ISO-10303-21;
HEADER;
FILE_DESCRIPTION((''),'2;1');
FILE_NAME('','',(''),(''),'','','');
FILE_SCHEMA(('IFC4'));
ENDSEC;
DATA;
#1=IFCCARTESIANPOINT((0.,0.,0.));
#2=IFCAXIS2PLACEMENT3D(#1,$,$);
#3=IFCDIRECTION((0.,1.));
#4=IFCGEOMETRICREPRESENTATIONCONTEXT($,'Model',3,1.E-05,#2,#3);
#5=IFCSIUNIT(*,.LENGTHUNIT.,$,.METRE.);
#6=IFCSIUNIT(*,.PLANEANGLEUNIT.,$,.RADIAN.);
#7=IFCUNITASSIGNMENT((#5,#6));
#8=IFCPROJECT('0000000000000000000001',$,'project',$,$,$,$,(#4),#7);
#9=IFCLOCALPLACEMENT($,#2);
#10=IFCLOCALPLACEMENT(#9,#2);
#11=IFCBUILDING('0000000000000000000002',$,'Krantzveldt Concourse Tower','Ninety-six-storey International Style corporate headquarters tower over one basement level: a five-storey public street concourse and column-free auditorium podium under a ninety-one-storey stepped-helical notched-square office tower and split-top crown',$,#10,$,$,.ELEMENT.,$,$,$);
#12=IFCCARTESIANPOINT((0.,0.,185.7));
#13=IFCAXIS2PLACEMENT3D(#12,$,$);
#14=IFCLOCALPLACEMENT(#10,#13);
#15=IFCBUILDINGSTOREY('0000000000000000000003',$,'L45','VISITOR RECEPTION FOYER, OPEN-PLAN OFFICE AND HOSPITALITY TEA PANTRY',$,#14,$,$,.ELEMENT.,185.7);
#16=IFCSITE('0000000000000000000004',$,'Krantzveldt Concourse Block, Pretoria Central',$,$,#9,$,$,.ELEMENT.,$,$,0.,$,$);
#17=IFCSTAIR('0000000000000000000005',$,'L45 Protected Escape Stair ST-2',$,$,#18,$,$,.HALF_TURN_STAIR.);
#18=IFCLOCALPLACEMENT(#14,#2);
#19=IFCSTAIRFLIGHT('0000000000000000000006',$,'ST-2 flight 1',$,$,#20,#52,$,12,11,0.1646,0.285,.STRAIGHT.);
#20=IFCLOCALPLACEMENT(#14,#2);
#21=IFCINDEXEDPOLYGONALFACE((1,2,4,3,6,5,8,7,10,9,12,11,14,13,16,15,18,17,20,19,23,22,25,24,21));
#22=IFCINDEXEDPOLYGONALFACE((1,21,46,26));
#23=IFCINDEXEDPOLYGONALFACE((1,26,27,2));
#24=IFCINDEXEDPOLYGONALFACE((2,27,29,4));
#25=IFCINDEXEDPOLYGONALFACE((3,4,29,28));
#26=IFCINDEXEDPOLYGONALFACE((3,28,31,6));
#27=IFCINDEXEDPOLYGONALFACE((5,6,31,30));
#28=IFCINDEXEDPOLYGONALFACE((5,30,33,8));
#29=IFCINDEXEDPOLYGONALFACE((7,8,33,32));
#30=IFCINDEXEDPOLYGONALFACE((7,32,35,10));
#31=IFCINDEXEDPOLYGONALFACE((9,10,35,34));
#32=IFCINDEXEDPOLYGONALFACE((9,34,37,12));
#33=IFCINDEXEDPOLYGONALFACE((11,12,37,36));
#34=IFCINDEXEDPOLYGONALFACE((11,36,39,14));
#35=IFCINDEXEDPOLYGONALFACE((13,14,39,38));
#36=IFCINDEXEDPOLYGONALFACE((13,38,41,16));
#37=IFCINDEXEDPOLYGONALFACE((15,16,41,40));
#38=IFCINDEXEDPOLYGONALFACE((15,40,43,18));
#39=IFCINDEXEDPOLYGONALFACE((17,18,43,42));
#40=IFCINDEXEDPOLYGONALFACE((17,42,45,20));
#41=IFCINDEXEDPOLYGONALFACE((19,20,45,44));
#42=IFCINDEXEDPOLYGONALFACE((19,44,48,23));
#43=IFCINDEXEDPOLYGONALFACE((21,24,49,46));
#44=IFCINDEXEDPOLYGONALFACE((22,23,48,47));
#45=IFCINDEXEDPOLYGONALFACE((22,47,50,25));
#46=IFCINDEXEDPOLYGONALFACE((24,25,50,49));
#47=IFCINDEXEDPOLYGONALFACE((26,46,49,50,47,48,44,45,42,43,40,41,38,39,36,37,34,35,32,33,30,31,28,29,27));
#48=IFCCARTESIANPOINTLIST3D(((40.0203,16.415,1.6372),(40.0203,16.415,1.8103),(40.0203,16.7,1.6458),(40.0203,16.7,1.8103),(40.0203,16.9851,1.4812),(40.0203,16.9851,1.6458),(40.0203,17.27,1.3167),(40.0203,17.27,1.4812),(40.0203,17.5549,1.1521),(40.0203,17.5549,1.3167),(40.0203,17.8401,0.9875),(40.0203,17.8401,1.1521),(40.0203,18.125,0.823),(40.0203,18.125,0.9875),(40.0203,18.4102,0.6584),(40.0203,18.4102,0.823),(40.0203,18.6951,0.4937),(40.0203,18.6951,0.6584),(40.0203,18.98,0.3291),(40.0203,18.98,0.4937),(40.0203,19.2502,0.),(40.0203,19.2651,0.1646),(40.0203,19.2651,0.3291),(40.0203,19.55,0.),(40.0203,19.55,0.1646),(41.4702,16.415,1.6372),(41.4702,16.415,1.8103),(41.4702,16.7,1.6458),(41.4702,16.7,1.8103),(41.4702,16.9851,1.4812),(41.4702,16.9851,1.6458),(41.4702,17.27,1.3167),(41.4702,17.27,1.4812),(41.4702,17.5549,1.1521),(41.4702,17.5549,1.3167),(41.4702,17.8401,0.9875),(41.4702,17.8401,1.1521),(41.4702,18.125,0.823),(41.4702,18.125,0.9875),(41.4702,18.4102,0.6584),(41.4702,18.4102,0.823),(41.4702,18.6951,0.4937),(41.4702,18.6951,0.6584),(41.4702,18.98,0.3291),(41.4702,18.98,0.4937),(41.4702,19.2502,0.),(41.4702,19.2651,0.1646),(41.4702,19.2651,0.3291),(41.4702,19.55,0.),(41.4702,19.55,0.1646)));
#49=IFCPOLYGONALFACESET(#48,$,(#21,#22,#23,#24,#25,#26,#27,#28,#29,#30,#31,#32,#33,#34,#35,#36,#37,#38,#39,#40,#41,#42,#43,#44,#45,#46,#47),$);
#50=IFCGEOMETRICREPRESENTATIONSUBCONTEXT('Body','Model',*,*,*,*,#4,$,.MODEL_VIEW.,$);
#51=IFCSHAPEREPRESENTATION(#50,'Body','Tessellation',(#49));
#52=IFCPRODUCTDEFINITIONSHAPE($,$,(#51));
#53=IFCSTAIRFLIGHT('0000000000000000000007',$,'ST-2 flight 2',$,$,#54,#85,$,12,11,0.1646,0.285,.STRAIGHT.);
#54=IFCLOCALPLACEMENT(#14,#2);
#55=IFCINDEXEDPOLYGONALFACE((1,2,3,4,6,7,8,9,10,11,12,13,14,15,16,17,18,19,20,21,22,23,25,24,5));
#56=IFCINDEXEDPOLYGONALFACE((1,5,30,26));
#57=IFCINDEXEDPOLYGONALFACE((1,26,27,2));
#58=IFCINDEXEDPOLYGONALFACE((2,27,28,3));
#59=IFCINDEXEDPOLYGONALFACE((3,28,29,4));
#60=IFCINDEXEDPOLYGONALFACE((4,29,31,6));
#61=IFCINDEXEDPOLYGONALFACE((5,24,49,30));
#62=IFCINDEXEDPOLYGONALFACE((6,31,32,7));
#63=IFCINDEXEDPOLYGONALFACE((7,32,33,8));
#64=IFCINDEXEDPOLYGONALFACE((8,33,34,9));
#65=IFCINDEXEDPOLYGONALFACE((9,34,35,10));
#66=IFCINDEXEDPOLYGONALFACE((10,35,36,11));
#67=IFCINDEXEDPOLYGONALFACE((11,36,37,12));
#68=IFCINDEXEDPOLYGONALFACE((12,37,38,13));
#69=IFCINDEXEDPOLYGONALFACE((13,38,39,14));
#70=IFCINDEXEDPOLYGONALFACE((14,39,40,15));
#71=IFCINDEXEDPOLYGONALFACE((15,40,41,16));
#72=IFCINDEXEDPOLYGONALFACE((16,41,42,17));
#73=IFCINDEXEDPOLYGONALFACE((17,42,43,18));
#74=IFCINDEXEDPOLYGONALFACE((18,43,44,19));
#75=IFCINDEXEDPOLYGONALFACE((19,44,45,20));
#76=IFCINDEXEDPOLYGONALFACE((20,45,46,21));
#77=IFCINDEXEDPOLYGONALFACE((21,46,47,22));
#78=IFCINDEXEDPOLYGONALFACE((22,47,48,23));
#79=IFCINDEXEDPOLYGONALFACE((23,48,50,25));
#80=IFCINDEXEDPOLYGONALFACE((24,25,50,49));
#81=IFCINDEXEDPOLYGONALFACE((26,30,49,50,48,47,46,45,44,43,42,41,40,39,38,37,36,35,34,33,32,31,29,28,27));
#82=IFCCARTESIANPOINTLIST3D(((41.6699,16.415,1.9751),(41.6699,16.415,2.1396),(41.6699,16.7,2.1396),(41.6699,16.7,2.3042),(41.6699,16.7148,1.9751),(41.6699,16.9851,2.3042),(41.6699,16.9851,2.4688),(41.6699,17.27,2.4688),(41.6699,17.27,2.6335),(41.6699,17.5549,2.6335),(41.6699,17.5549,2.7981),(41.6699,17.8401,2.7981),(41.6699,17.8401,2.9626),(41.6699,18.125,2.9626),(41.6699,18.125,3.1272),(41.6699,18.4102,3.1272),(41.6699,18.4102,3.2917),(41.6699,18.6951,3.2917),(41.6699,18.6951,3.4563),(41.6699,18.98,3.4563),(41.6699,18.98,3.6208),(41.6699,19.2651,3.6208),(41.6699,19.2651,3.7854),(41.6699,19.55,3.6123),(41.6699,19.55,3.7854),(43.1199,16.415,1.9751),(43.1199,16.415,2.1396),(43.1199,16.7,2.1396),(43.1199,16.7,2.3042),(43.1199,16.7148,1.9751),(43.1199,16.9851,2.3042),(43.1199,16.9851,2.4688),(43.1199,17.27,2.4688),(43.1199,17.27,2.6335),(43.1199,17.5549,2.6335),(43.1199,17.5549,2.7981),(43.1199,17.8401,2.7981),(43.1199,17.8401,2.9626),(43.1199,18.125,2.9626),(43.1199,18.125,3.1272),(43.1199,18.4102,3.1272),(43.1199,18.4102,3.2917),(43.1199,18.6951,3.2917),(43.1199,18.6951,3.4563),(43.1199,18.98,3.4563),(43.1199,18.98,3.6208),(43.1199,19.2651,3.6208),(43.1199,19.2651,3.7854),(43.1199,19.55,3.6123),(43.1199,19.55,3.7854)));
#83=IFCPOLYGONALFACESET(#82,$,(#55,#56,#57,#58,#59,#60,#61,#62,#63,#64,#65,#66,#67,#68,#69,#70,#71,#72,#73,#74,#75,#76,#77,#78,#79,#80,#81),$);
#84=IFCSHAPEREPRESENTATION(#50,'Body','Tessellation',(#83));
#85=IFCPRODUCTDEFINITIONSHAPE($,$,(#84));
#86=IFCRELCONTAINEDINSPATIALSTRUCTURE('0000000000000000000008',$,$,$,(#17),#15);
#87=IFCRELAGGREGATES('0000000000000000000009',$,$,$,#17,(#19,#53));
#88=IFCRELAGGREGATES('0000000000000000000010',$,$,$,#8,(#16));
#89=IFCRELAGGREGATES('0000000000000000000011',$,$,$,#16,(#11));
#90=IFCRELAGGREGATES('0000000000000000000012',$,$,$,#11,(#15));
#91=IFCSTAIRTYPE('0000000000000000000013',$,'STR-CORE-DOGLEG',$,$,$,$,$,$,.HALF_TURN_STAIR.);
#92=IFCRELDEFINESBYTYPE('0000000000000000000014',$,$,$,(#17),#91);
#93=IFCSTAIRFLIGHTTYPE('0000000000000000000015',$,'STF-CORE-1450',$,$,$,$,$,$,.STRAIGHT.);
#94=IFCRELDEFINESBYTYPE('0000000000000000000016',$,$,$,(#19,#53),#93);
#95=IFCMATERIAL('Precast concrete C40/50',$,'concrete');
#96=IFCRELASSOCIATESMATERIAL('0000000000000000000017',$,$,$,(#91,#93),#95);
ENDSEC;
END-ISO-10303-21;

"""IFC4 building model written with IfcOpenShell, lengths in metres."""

from ifc_helpers import new_model, si_unit, direction, frame, origin, place, context, subcontext, project, spatial, polyline, outline, extrude, material, type_object, element, aggregate, save


model = new_model("IFC4")

# Units and contexts
model_context = context("Model", 3, precision=1e-05, world=origin(), true_north=direction((0.0, 1.0)))
body_context = subcontext(model_context, "Body", "Model", "MODEL_VIEW")
ifc_project = project(units=[si_unit("LENGTHUNIT", "METRE"), si_unit("PLANEANGLEUNIT", "RADIAN")], contexts=[model_context])

# Site, building, storey
site_placement = place(None, origin())
site = spatial("IfcSite", under=ifc_project, at=site_placement, Name="Krantzveldt Concourse Block, Pretoria Central", CompositionType="ELEMENT", RefElevation=0.0)
building_placement = place(site_placement, origin())
building = spatial("IfcBuilding", under=site, at=building_placement, Name="Krantzveldt Concourse Tower", Description="Ninety-six-storey International Style corporate headquarters tower over one basement level: a five-storey public street concourse and column-free auditorium podium under a ninety-one-storey stepped-helical notched-square office tower and split-top crown", CompositionType="ELEMENT")
storey_placement = place(building_placement, frame((0.0, 0.0, 185.7)))
storey = spatial("IfcBuildingStorey", under=building, at=storey_placement, Name="L45", Description="VISITOR RECEPTION FOYER, OPEN-PLAN OFFICE AND HOSPITALITY TEA PANTRY", CompositionType="ELEMENT", Elevation=185.7)

# Stair, stair flights
ifc_material_1 = material(Name="Precast concrete C40/50", Category="concrete")
stair_type = type_object("IfcStairType", Name="STR-CORE-DOGLEG", PredefinedType="HALF_TURN_STAIR", material=ifc_material_1)
stair_placement = place(storey_placement, origin())
stair = element("IfcStair", 1, at=stair_placement, inside=storey, type_object=stair_type, Name="L45 Protected Escape Stair ST-2", PredefinedType="HALF_TURN_STAIR")
stair_flight_type = type_object("IfcStairFlightType", Name="STF-CORE-1450", PredefinedType="STRAIGHT", material=ifc_material_1)
stair_flight_1_placement = place(storey_placement, frame((40.7451, 19.55, 0.0), z_axis=(0.0, 0.0, 1.0), x_axis=(0.0, -1.0, 0.0)))
stair_flight_1 = element("IfcStairFlight", 2, at=stair_flight_1_placement, type_object=stair_flight_type, Name="ST-2 flight 1", NumberOfRisers=12, NumberOfTreads=11, PredefinedType="STRAIGHT", RiserHeight=0.1646, TreadLength=0.285, context=body_context, shape_type="SweptSolid", body=[
    extrude(outline(polyline([(0.0, 0.0), (0.0, 0.1646), (0.2849, 0.1646), (0.2849, 0.3291), (0.5701, 0.3291), (0.5701, 0.4937), (0.855, 0.4937), (0.855, 0.6584), (1.1399, 0.6584), (1.1399, 0.823), (1.425, 0.823), (1.425, 0.9875), (1.71, 0.9875), (1.71, 1.1521), (1.9951, 1.1521), (1.9951, 1.3167), (2.28, 1.3167), (2.28, 1.4812), (2.5649, 1.4812), (2.5649, 1.6458), (2.8501, 1.6458), (2.8501, 1.8103), (3.135, 1.8103), (3.135, 1.9751), (3.135, 1.6372), (0.2998, 0.0), (0.0, 0.0)])), frame((0.0, 0.7251, 0.0), z_axis=(0.0, -1.0, 0.0), x_axis=(1.0, 0.0, 0.0)), (0.0, 0.0, 1.0), 1.45),
])
stair_flight_2_placement = place(storey_placement, frame((42.395, 16.415, 1.9751), z_axis=(0.0, 0.0, 1.0), x_axis=(0.0, 1.0, 0.0)))
stair_flight_2 = element("IfcStairFlight", 3, at=stair_flight_2_placement, type_object=stair_flight_type, Name="ST-2 flight 2", NumberOfRisers=12, NumberOfTreads=11, PredefinedType="STRAIGHT", RiserHeight=0.1646, TreadLength=0.285, context=body_context, shape_type="SweptSolid", body=[
    extrude(outline(polyline([(0.0, 0.0), (0.0, 0.1646), (0.2849, 0.1646), (0.2849, 0.3291), (0.5701, 0.3291), (0.5701, 0.4937), (0.855, 0.4937), (0.855, 0.6584), (1.1399, 0.6584), (1.1399, 0.823), (1.425, 0.823), (1.425, 0.9875), (1.71, 0.9875), (1.71, 1.1521), (1.9951, 1.1521), (1.9951, 1.3167), (2.28, 1.3167), (2.28, 1.4812), (2.5649, 1.4812), (2.5649, 1.6458), (2.8501, 1.6458), (2.8501, 1.8103), (3.135, 1.8103), (3.135, 1.9751), (3.135, 1.6372), (0.2998, 0.0), (0.0, 0.0)])), frame((0.0, 0.7251, 0.0), z_axis=(0.0, -1.0, 0.0), x_axis=(1.0, 0.0, 0.0)), (0.0, 0.0, 1.0), 1.45),
])
aggregate(stair, [stair_flight_1, stair_flight_2])

save(model, "model.ifc")
